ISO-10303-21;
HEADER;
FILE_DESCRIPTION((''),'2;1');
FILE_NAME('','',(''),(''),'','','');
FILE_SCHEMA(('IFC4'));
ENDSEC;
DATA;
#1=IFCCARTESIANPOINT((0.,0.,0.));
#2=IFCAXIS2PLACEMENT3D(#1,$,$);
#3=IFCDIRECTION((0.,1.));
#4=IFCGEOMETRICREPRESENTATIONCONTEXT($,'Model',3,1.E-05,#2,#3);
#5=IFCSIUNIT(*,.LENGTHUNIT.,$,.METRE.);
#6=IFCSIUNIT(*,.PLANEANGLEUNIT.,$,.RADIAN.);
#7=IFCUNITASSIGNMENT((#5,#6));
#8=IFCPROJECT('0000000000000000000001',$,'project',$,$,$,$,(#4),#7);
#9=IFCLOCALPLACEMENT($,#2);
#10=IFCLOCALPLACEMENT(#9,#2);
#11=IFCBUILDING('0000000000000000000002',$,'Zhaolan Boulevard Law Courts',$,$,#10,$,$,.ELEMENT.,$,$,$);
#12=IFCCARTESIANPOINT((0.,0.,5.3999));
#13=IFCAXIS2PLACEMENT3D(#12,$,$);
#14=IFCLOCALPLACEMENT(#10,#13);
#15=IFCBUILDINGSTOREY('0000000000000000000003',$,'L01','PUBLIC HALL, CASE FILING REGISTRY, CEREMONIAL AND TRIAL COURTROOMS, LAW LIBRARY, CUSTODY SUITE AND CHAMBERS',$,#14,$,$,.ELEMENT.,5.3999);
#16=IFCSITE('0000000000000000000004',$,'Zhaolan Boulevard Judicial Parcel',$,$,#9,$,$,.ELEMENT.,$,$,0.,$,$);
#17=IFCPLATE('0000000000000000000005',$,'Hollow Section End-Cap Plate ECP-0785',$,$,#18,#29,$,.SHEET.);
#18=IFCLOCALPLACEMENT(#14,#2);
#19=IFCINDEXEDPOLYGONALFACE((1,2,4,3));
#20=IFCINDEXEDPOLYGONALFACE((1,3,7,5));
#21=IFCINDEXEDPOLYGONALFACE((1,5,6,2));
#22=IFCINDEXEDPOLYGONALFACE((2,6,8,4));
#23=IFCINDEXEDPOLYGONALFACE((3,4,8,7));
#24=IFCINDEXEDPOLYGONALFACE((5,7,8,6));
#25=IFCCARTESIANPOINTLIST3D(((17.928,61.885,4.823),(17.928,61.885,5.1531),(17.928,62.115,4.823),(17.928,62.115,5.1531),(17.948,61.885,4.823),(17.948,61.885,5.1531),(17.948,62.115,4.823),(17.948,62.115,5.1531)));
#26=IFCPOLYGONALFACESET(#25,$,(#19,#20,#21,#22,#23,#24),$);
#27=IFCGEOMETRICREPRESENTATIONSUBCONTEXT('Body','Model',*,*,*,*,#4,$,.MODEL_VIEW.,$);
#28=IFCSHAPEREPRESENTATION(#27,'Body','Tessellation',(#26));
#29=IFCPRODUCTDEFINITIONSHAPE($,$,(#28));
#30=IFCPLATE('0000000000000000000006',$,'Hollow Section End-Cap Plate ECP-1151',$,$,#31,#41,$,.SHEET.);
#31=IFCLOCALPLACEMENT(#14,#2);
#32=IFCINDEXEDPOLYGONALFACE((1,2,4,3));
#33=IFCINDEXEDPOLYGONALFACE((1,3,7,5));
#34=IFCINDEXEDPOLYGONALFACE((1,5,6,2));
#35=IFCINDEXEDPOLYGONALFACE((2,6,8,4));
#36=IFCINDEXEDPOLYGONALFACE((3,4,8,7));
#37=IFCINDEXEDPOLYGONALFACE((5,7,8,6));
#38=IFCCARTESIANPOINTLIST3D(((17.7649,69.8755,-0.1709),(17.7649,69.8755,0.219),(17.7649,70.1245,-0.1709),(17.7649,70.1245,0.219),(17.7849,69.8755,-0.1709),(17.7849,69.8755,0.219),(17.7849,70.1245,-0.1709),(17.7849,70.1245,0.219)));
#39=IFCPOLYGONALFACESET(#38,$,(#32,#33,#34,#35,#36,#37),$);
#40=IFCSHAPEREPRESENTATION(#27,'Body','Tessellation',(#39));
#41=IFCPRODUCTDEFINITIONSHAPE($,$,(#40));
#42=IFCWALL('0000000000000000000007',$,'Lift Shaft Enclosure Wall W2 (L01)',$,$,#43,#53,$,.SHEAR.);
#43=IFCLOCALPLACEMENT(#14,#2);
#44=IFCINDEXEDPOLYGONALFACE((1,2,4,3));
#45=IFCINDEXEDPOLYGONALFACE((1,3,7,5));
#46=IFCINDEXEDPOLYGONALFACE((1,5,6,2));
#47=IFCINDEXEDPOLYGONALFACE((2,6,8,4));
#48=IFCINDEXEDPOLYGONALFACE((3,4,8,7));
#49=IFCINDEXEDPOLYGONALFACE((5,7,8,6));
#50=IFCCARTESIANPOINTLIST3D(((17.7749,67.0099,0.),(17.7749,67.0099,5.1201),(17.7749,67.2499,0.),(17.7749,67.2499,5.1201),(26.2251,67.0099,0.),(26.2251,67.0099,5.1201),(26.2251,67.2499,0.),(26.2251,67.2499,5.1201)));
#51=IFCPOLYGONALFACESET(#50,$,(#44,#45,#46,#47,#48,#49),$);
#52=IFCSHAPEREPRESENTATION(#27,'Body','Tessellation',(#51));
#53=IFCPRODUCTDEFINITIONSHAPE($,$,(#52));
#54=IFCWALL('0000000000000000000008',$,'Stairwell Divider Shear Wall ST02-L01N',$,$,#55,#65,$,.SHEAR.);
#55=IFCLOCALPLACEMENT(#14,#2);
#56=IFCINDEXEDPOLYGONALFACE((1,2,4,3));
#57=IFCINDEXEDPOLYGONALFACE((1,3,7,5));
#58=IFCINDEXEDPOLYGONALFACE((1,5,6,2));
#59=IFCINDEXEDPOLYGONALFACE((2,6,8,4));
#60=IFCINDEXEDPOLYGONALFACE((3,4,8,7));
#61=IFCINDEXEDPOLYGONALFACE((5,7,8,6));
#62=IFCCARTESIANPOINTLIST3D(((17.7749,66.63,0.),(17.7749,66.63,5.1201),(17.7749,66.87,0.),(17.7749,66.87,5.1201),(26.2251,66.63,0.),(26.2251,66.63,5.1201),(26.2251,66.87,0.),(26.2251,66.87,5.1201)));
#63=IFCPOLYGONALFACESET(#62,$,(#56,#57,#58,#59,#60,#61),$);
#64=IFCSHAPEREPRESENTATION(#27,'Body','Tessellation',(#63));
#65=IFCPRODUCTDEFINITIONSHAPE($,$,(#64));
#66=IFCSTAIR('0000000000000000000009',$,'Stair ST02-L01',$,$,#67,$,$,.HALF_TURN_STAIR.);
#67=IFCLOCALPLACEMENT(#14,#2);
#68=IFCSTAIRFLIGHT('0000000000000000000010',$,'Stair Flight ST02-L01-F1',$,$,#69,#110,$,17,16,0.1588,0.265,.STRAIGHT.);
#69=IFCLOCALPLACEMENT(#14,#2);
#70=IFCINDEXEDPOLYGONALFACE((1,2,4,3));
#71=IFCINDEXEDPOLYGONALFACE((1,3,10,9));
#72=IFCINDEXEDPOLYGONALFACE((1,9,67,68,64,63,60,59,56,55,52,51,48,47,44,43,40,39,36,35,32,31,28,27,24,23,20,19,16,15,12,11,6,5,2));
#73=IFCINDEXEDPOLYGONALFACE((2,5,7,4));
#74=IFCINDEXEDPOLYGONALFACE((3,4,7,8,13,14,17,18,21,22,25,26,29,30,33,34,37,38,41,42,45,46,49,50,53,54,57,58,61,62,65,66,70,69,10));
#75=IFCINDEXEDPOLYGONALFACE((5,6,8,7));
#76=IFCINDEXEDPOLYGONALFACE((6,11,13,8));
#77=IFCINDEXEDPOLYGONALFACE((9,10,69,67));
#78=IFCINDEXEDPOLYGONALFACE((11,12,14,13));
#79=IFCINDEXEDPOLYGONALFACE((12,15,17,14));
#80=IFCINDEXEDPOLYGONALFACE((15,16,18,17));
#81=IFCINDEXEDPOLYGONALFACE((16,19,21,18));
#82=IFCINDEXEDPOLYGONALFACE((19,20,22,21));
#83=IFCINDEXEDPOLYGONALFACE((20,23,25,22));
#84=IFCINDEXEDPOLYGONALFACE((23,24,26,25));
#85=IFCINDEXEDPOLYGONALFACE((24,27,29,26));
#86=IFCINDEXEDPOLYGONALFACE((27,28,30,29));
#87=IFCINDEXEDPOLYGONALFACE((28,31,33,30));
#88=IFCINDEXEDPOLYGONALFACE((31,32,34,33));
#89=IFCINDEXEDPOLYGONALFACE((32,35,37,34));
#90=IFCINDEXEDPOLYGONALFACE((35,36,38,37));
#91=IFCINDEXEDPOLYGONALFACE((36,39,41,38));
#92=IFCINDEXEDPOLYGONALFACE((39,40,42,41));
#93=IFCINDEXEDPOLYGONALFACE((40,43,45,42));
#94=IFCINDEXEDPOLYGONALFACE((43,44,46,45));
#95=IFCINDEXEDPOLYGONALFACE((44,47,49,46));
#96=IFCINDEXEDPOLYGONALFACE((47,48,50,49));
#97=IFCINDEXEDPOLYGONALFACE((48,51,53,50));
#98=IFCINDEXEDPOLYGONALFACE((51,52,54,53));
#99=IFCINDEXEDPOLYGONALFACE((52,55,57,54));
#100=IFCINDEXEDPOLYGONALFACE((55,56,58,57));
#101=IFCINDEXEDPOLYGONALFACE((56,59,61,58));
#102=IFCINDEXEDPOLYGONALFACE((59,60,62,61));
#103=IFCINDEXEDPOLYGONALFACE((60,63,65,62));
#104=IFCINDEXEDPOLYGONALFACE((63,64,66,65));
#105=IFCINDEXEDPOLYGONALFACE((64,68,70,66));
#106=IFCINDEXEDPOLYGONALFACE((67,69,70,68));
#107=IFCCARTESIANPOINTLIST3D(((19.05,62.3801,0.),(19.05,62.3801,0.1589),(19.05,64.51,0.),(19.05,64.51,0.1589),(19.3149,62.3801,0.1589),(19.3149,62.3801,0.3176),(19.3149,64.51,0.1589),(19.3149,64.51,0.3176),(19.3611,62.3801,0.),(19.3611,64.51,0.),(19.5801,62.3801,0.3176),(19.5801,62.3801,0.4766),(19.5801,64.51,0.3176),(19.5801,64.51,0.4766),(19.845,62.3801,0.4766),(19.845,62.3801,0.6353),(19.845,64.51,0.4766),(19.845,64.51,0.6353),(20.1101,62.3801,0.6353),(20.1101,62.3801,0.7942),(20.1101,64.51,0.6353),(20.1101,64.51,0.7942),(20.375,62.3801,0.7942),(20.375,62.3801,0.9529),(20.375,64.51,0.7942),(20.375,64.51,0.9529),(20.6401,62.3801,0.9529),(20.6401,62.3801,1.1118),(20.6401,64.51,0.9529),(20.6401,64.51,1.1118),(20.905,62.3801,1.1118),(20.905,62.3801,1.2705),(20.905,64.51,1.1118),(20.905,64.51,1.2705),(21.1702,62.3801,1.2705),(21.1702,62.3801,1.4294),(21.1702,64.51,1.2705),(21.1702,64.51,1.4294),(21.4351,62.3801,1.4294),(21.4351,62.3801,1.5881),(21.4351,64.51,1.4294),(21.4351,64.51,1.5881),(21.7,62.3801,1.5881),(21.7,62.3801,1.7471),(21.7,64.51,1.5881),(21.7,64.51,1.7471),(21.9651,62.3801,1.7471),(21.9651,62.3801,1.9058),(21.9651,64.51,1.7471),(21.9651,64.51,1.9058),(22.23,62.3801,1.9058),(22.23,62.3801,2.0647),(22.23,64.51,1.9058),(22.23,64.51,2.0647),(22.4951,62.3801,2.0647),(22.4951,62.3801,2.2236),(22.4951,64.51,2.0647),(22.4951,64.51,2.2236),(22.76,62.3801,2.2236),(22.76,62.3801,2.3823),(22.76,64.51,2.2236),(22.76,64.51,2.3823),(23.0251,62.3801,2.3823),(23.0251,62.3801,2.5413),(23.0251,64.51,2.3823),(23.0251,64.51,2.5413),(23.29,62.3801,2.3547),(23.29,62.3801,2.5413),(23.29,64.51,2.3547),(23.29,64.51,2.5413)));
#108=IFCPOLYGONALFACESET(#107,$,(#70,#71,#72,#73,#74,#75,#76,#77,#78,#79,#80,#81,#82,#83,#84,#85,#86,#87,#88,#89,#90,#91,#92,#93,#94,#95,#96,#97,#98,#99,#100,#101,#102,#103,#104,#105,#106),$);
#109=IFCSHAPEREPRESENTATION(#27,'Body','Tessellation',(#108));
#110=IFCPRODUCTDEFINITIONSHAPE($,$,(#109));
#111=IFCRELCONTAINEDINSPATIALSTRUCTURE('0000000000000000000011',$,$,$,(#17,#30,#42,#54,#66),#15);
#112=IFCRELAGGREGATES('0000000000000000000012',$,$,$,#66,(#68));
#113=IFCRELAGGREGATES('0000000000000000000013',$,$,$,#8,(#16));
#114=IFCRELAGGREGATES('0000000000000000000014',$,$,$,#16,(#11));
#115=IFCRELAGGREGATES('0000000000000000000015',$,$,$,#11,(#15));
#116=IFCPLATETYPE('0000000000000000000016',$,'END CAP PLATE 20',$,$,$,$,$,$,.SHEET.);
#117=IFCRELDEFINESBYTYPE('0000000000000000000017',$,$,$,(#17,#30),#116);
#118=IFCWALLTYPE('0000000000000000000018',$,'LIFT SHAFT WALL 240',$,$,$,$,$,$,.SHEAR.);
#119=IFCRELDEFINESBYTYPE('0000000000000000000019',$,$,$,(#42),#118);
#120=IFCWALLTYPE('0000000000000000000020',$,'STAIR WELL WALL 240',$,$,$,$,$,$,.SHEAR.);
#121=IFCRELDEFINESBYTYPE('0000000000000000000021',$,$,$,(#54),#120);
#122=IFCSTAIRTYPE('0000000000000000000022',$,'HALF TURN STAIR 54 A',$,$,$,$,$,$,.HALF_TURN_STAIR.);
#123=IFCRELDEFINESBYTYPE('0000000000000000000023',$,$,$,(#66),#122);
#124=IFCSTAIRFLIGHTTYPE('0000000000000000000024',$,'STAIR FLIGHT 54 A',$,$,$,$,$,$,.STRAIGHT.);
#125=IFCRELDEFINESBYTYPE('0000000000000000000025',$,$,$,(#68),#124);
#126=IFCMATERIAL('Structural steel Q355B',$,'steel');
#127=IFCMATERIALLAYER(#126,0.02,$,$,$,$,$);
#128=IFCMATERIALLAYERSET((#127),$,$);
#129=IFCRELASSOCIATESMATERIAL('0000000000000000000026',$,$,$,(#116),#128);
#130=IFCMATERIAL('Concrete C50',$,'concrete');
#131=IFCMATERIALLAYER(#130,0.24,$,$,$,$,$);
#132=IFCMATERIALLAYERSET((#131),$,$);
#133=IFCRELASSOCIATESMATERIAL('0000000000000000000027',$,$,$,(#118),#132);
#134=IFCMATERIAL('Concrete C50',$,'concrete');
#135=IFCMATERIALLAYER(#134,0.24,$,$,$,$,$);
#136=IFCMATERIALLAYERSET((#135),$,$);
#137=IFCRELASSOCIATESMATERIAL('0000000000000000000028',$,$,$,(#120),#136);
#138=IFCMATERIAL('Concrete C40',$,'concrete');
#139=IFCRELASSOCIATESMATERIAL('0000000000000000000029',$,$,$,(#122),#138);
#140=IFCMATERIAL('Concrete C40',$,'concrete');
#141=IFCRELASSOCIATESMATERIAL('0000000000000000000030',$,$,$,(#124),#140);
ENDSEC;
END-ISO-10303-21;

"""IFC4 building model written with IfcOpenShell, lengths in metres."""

from ifc_helpers import new_model, si_unit, direction, frame, frame_2d, origin, origin_2d, place, context, subcontext, project, spatial, polyline, rectangle, outline, extrude, material, layer, layer_set, type_object, element, aggregate, save


model = new_model("IFC4")

# Units and contexts
model_context = context("Model", 3, precision=1e-05, world=origin(), true_north=direction((0.0, 1.0)))
body_context = subcontext(model_context, "Body", "Model", "MODEL_VIEW")
ifc_project = project(units=[si_unit("LENGTHUNIT", "METRE"), si_unit("PLANEANGLEUNIT", "RADIAN")], contexts=[model_context])

# Site, building, storey
site_placement = place(None, origin())
site = spatial("IfcSite", under=ifc_project, at=site_placement, Name="Zhaolan Boulevard Judicial Parcel", CompositionType="ELEMENT", RefElevation=0.0)
building_placement = place(site_placement, origin())
building = spatial("IfcBuilding", under=site, at=building_placement, Name="Zhaolan Boulevard Law Courts", CompositionType="ELEMENT")
storey_placement = place(building_placement, frame((0.0, 0.0, 5.3999)))
storey = spatial("IfcBuildingStorey", under=building, at=storey_placement, Name="L01", Description="PUBLIC HALL, CASE FILING REGISTRY, CEREMONIAL AND TRIAL COURTROOMS, LAW LIBRARY, CUSTODY SUITE AND CHAMBERS", CompositionType="ELEMENT", Elevation=5.3999)

# Plates
ifc_material_1 = material(Name="Structural steel Q355B", Category="steel")
ifc_layer_1 = layer(ifc_material_1, 0.02)
ifc_layer_set_1 = layer_set([ifc_layer_1])
plate_type_1 = type_object("IfcPlateType", Name="END CAP PLATE 20", PredefinedType="SHEET", material=ifc_layer_set_1)
plate_1_placement = place(storey_placement, frame((17.938, 62.0, 4.823), z_axis=(0.0, 0.0, 1.0), x_axis=(1.0, 0.0, 0.0)))
element("IfcPlate", 1, at=plate_1_placement, inside=storey, type_object=plate_type_1, Name="Hollow Section End-Cap Plate ECP-0785", PredefinedType="SHEET", context=body_context, shape_type="SweptSolid", body=[
    extrude(rectangle(XDim=0.02, YDim=0.23, at=origin_2d()), origin(), (0.0, 0.0, 1.0), 0.3301),
])
plate_2_placement = place(storey_placement, frame((17.7749, 70.0, -0.1709), z_axis=(0.0, 0.0, 1.0), x_axis=(1.0, 0.0, 0.0)))
element("IfcPlate", 2, at=plate_2_placement, inside=storey, type_object=plate_type_1, Name="Hollow Section End-Cap Plate ECP-1151", PredefinedType="SHEET", context=body_context, shape_type="SweptSolid", body=[
    extrude(rectangle(XDim=0.02, YDim=0.249, at=origin_2d()), origin(), (0.0, 0.0, 1.0), 0.3899),
])

# Walls
ifc_material_2 = material(Name="Concrete C50", Category="concrete")
ifc_layer_2 = layer(ifc_material_2, 0.24)
ifc_layer_set_2 = layer_set([ifc_layer_2])
wall_type_1 = type_object("IfcWallType", Name="LIFT SHAFT WALL 240", PredefinedType="SHEAR", material=ifc_layer_set_2)
wall_1_placement = place(storey_placement, frame((17.7749, 67.1299, 0.0), z_axis=(0.0, 0.0, 1.0), x_axis=(1.0, 0.0, 0.0)))
element("IfcWall", 3, at=wall_1_placement, inside=storey, type_object=wall_type_1, Name="Lift Shaft Enclosure Wall W2 (L01)", PredefinedType="SHEAR", context=body_context, shape_type="SweptSolid", body=[
    extrude(rectangle(XDim=8.4502, YDim=0.24, at=frame_2d((4.2251, 0.0))), origin(), (0.0, 0.0, 1.0), 5.1201),
])
ifc_material_3 = material(Name="Concrete C50", Category="concrete")
ifc_layer_3 = layer(ifc_material_3, 0.24)
ifc_layer_set_3 = layer_set([ifc_layer_3])
wall_type_2 = type_object("IfcWallType", Name="STAIR WELL WALL 240", PredefinedType="SHEAR", material=ifc_layer_set_3)
wall_2_placement = place(storey_placement, frame((17.7749, 66.75, 0.0), z_axis=(0.0, 0.0, 1.0), x_axis=(1.0, 0.0, 0.0)))
element("IfcWall", 4, at=wall_2_placement, inside=storey, type_object=wall_type_2, Name="Stairwell Divider Shear Wall ST02-L01N", PredefinedType="SHEAR", context=body_context, shape_type="SweptSolid", body=[
    extrude(rectangle(XDim=8.4502, YDim=0.24, at=frame_2d((4.2251, 0.0))), origin(), (0.0, 0.0, 1.0), 5.1201),
])

# Stair, stair flight
ifc_material_4 = material(Name="Concrete C40", Category="concrete")
stair_type = type_object("IfcStairType", Name="HALF TURN STAIR 54 A", PredefinedType="HALF_TURN_STAIR", material=ifc_material_4)
stair_placement = place(storey_placement, origin())
stair = element("IfcStair", 5, at=stair_placement, inside=storey, type_object=stair_type, Name="Stair ST02-L01", PredefinedType="HALF_TURN_STAIR")
ifc_material_5 = material(Name="Concrete C40", Category="concrete")
stair_flight_type = type_object("IfcStairFlightType", Name="STAIR FLIGHT 54 A", PredefinedType="STRAIGHT", material=ifc_material_5)
stair_flight_placement = place(storey_placement, frame((19.05, 63.4451, 0.0), z_axis=(0.0, 0.0, 1.0), x_axis=(1.0, 0.0, 0.0)))
stair_flight = element("IfcStairFlight", 6, at=stair_flight_placement, type_object=stair_flight_type, Name="Stair Flight ST02-L01-F1", NumberOfRisers=17, NumberOfTreads=16, PredefinedType="STRAIGHT", RiserHeight=0.1588, TreadLength=0.265, context=body_context, shape_type="SweptSolid", body=[
    extrude(outline(polyline([(0.0, 0.0), (0.0, 0.1589), (0.2649, 0.1589), (0.2649, 0.3176), (0.53, 0.3176), (0.53, 0.4766), (0.7949, 0.4766), (0.7949, 0.6353), (1.0601, 0.6353), (1.0601, 0.7942), (1.325, 0.7942), (1.325, 0.9529), (1.5901, 0.9529), (1.5901, 1.1118), (1.855, 1.1118), (1.855, 1.2705), (2.1201, 1.2705), (2.1201, 1.4294), (2.385, 1.4294), (2.385, 1.5881), (2.6499, 1.5881), (2.6499, 1.7471), (2.915, 1.7471), (2.915, 1.9058), (3.1799, 1.9058), (3.1799, 2.0647), (3.4451, 2.0647), (3.4451, 2.2236), (3.71, 2.2236), (3.71, 2.3823), (3.9751, 2.3823), (3.9751, 2.5413), (4.24, 2.5413), (4.24, 2.7), (4.24, 2.3547), (0.311, 0.0), (0.0, 0.0)])), frame((0.0, 1.0649, 0.0), z_axis=(0.0, -1.0, 0.0), x_axis=(1.0, 0.0, 0.0)), (0.0, 0.0, 1.0), 2.1299),
])
aggregate(stair, [stair_flight])

save(model, "model.ifc")
